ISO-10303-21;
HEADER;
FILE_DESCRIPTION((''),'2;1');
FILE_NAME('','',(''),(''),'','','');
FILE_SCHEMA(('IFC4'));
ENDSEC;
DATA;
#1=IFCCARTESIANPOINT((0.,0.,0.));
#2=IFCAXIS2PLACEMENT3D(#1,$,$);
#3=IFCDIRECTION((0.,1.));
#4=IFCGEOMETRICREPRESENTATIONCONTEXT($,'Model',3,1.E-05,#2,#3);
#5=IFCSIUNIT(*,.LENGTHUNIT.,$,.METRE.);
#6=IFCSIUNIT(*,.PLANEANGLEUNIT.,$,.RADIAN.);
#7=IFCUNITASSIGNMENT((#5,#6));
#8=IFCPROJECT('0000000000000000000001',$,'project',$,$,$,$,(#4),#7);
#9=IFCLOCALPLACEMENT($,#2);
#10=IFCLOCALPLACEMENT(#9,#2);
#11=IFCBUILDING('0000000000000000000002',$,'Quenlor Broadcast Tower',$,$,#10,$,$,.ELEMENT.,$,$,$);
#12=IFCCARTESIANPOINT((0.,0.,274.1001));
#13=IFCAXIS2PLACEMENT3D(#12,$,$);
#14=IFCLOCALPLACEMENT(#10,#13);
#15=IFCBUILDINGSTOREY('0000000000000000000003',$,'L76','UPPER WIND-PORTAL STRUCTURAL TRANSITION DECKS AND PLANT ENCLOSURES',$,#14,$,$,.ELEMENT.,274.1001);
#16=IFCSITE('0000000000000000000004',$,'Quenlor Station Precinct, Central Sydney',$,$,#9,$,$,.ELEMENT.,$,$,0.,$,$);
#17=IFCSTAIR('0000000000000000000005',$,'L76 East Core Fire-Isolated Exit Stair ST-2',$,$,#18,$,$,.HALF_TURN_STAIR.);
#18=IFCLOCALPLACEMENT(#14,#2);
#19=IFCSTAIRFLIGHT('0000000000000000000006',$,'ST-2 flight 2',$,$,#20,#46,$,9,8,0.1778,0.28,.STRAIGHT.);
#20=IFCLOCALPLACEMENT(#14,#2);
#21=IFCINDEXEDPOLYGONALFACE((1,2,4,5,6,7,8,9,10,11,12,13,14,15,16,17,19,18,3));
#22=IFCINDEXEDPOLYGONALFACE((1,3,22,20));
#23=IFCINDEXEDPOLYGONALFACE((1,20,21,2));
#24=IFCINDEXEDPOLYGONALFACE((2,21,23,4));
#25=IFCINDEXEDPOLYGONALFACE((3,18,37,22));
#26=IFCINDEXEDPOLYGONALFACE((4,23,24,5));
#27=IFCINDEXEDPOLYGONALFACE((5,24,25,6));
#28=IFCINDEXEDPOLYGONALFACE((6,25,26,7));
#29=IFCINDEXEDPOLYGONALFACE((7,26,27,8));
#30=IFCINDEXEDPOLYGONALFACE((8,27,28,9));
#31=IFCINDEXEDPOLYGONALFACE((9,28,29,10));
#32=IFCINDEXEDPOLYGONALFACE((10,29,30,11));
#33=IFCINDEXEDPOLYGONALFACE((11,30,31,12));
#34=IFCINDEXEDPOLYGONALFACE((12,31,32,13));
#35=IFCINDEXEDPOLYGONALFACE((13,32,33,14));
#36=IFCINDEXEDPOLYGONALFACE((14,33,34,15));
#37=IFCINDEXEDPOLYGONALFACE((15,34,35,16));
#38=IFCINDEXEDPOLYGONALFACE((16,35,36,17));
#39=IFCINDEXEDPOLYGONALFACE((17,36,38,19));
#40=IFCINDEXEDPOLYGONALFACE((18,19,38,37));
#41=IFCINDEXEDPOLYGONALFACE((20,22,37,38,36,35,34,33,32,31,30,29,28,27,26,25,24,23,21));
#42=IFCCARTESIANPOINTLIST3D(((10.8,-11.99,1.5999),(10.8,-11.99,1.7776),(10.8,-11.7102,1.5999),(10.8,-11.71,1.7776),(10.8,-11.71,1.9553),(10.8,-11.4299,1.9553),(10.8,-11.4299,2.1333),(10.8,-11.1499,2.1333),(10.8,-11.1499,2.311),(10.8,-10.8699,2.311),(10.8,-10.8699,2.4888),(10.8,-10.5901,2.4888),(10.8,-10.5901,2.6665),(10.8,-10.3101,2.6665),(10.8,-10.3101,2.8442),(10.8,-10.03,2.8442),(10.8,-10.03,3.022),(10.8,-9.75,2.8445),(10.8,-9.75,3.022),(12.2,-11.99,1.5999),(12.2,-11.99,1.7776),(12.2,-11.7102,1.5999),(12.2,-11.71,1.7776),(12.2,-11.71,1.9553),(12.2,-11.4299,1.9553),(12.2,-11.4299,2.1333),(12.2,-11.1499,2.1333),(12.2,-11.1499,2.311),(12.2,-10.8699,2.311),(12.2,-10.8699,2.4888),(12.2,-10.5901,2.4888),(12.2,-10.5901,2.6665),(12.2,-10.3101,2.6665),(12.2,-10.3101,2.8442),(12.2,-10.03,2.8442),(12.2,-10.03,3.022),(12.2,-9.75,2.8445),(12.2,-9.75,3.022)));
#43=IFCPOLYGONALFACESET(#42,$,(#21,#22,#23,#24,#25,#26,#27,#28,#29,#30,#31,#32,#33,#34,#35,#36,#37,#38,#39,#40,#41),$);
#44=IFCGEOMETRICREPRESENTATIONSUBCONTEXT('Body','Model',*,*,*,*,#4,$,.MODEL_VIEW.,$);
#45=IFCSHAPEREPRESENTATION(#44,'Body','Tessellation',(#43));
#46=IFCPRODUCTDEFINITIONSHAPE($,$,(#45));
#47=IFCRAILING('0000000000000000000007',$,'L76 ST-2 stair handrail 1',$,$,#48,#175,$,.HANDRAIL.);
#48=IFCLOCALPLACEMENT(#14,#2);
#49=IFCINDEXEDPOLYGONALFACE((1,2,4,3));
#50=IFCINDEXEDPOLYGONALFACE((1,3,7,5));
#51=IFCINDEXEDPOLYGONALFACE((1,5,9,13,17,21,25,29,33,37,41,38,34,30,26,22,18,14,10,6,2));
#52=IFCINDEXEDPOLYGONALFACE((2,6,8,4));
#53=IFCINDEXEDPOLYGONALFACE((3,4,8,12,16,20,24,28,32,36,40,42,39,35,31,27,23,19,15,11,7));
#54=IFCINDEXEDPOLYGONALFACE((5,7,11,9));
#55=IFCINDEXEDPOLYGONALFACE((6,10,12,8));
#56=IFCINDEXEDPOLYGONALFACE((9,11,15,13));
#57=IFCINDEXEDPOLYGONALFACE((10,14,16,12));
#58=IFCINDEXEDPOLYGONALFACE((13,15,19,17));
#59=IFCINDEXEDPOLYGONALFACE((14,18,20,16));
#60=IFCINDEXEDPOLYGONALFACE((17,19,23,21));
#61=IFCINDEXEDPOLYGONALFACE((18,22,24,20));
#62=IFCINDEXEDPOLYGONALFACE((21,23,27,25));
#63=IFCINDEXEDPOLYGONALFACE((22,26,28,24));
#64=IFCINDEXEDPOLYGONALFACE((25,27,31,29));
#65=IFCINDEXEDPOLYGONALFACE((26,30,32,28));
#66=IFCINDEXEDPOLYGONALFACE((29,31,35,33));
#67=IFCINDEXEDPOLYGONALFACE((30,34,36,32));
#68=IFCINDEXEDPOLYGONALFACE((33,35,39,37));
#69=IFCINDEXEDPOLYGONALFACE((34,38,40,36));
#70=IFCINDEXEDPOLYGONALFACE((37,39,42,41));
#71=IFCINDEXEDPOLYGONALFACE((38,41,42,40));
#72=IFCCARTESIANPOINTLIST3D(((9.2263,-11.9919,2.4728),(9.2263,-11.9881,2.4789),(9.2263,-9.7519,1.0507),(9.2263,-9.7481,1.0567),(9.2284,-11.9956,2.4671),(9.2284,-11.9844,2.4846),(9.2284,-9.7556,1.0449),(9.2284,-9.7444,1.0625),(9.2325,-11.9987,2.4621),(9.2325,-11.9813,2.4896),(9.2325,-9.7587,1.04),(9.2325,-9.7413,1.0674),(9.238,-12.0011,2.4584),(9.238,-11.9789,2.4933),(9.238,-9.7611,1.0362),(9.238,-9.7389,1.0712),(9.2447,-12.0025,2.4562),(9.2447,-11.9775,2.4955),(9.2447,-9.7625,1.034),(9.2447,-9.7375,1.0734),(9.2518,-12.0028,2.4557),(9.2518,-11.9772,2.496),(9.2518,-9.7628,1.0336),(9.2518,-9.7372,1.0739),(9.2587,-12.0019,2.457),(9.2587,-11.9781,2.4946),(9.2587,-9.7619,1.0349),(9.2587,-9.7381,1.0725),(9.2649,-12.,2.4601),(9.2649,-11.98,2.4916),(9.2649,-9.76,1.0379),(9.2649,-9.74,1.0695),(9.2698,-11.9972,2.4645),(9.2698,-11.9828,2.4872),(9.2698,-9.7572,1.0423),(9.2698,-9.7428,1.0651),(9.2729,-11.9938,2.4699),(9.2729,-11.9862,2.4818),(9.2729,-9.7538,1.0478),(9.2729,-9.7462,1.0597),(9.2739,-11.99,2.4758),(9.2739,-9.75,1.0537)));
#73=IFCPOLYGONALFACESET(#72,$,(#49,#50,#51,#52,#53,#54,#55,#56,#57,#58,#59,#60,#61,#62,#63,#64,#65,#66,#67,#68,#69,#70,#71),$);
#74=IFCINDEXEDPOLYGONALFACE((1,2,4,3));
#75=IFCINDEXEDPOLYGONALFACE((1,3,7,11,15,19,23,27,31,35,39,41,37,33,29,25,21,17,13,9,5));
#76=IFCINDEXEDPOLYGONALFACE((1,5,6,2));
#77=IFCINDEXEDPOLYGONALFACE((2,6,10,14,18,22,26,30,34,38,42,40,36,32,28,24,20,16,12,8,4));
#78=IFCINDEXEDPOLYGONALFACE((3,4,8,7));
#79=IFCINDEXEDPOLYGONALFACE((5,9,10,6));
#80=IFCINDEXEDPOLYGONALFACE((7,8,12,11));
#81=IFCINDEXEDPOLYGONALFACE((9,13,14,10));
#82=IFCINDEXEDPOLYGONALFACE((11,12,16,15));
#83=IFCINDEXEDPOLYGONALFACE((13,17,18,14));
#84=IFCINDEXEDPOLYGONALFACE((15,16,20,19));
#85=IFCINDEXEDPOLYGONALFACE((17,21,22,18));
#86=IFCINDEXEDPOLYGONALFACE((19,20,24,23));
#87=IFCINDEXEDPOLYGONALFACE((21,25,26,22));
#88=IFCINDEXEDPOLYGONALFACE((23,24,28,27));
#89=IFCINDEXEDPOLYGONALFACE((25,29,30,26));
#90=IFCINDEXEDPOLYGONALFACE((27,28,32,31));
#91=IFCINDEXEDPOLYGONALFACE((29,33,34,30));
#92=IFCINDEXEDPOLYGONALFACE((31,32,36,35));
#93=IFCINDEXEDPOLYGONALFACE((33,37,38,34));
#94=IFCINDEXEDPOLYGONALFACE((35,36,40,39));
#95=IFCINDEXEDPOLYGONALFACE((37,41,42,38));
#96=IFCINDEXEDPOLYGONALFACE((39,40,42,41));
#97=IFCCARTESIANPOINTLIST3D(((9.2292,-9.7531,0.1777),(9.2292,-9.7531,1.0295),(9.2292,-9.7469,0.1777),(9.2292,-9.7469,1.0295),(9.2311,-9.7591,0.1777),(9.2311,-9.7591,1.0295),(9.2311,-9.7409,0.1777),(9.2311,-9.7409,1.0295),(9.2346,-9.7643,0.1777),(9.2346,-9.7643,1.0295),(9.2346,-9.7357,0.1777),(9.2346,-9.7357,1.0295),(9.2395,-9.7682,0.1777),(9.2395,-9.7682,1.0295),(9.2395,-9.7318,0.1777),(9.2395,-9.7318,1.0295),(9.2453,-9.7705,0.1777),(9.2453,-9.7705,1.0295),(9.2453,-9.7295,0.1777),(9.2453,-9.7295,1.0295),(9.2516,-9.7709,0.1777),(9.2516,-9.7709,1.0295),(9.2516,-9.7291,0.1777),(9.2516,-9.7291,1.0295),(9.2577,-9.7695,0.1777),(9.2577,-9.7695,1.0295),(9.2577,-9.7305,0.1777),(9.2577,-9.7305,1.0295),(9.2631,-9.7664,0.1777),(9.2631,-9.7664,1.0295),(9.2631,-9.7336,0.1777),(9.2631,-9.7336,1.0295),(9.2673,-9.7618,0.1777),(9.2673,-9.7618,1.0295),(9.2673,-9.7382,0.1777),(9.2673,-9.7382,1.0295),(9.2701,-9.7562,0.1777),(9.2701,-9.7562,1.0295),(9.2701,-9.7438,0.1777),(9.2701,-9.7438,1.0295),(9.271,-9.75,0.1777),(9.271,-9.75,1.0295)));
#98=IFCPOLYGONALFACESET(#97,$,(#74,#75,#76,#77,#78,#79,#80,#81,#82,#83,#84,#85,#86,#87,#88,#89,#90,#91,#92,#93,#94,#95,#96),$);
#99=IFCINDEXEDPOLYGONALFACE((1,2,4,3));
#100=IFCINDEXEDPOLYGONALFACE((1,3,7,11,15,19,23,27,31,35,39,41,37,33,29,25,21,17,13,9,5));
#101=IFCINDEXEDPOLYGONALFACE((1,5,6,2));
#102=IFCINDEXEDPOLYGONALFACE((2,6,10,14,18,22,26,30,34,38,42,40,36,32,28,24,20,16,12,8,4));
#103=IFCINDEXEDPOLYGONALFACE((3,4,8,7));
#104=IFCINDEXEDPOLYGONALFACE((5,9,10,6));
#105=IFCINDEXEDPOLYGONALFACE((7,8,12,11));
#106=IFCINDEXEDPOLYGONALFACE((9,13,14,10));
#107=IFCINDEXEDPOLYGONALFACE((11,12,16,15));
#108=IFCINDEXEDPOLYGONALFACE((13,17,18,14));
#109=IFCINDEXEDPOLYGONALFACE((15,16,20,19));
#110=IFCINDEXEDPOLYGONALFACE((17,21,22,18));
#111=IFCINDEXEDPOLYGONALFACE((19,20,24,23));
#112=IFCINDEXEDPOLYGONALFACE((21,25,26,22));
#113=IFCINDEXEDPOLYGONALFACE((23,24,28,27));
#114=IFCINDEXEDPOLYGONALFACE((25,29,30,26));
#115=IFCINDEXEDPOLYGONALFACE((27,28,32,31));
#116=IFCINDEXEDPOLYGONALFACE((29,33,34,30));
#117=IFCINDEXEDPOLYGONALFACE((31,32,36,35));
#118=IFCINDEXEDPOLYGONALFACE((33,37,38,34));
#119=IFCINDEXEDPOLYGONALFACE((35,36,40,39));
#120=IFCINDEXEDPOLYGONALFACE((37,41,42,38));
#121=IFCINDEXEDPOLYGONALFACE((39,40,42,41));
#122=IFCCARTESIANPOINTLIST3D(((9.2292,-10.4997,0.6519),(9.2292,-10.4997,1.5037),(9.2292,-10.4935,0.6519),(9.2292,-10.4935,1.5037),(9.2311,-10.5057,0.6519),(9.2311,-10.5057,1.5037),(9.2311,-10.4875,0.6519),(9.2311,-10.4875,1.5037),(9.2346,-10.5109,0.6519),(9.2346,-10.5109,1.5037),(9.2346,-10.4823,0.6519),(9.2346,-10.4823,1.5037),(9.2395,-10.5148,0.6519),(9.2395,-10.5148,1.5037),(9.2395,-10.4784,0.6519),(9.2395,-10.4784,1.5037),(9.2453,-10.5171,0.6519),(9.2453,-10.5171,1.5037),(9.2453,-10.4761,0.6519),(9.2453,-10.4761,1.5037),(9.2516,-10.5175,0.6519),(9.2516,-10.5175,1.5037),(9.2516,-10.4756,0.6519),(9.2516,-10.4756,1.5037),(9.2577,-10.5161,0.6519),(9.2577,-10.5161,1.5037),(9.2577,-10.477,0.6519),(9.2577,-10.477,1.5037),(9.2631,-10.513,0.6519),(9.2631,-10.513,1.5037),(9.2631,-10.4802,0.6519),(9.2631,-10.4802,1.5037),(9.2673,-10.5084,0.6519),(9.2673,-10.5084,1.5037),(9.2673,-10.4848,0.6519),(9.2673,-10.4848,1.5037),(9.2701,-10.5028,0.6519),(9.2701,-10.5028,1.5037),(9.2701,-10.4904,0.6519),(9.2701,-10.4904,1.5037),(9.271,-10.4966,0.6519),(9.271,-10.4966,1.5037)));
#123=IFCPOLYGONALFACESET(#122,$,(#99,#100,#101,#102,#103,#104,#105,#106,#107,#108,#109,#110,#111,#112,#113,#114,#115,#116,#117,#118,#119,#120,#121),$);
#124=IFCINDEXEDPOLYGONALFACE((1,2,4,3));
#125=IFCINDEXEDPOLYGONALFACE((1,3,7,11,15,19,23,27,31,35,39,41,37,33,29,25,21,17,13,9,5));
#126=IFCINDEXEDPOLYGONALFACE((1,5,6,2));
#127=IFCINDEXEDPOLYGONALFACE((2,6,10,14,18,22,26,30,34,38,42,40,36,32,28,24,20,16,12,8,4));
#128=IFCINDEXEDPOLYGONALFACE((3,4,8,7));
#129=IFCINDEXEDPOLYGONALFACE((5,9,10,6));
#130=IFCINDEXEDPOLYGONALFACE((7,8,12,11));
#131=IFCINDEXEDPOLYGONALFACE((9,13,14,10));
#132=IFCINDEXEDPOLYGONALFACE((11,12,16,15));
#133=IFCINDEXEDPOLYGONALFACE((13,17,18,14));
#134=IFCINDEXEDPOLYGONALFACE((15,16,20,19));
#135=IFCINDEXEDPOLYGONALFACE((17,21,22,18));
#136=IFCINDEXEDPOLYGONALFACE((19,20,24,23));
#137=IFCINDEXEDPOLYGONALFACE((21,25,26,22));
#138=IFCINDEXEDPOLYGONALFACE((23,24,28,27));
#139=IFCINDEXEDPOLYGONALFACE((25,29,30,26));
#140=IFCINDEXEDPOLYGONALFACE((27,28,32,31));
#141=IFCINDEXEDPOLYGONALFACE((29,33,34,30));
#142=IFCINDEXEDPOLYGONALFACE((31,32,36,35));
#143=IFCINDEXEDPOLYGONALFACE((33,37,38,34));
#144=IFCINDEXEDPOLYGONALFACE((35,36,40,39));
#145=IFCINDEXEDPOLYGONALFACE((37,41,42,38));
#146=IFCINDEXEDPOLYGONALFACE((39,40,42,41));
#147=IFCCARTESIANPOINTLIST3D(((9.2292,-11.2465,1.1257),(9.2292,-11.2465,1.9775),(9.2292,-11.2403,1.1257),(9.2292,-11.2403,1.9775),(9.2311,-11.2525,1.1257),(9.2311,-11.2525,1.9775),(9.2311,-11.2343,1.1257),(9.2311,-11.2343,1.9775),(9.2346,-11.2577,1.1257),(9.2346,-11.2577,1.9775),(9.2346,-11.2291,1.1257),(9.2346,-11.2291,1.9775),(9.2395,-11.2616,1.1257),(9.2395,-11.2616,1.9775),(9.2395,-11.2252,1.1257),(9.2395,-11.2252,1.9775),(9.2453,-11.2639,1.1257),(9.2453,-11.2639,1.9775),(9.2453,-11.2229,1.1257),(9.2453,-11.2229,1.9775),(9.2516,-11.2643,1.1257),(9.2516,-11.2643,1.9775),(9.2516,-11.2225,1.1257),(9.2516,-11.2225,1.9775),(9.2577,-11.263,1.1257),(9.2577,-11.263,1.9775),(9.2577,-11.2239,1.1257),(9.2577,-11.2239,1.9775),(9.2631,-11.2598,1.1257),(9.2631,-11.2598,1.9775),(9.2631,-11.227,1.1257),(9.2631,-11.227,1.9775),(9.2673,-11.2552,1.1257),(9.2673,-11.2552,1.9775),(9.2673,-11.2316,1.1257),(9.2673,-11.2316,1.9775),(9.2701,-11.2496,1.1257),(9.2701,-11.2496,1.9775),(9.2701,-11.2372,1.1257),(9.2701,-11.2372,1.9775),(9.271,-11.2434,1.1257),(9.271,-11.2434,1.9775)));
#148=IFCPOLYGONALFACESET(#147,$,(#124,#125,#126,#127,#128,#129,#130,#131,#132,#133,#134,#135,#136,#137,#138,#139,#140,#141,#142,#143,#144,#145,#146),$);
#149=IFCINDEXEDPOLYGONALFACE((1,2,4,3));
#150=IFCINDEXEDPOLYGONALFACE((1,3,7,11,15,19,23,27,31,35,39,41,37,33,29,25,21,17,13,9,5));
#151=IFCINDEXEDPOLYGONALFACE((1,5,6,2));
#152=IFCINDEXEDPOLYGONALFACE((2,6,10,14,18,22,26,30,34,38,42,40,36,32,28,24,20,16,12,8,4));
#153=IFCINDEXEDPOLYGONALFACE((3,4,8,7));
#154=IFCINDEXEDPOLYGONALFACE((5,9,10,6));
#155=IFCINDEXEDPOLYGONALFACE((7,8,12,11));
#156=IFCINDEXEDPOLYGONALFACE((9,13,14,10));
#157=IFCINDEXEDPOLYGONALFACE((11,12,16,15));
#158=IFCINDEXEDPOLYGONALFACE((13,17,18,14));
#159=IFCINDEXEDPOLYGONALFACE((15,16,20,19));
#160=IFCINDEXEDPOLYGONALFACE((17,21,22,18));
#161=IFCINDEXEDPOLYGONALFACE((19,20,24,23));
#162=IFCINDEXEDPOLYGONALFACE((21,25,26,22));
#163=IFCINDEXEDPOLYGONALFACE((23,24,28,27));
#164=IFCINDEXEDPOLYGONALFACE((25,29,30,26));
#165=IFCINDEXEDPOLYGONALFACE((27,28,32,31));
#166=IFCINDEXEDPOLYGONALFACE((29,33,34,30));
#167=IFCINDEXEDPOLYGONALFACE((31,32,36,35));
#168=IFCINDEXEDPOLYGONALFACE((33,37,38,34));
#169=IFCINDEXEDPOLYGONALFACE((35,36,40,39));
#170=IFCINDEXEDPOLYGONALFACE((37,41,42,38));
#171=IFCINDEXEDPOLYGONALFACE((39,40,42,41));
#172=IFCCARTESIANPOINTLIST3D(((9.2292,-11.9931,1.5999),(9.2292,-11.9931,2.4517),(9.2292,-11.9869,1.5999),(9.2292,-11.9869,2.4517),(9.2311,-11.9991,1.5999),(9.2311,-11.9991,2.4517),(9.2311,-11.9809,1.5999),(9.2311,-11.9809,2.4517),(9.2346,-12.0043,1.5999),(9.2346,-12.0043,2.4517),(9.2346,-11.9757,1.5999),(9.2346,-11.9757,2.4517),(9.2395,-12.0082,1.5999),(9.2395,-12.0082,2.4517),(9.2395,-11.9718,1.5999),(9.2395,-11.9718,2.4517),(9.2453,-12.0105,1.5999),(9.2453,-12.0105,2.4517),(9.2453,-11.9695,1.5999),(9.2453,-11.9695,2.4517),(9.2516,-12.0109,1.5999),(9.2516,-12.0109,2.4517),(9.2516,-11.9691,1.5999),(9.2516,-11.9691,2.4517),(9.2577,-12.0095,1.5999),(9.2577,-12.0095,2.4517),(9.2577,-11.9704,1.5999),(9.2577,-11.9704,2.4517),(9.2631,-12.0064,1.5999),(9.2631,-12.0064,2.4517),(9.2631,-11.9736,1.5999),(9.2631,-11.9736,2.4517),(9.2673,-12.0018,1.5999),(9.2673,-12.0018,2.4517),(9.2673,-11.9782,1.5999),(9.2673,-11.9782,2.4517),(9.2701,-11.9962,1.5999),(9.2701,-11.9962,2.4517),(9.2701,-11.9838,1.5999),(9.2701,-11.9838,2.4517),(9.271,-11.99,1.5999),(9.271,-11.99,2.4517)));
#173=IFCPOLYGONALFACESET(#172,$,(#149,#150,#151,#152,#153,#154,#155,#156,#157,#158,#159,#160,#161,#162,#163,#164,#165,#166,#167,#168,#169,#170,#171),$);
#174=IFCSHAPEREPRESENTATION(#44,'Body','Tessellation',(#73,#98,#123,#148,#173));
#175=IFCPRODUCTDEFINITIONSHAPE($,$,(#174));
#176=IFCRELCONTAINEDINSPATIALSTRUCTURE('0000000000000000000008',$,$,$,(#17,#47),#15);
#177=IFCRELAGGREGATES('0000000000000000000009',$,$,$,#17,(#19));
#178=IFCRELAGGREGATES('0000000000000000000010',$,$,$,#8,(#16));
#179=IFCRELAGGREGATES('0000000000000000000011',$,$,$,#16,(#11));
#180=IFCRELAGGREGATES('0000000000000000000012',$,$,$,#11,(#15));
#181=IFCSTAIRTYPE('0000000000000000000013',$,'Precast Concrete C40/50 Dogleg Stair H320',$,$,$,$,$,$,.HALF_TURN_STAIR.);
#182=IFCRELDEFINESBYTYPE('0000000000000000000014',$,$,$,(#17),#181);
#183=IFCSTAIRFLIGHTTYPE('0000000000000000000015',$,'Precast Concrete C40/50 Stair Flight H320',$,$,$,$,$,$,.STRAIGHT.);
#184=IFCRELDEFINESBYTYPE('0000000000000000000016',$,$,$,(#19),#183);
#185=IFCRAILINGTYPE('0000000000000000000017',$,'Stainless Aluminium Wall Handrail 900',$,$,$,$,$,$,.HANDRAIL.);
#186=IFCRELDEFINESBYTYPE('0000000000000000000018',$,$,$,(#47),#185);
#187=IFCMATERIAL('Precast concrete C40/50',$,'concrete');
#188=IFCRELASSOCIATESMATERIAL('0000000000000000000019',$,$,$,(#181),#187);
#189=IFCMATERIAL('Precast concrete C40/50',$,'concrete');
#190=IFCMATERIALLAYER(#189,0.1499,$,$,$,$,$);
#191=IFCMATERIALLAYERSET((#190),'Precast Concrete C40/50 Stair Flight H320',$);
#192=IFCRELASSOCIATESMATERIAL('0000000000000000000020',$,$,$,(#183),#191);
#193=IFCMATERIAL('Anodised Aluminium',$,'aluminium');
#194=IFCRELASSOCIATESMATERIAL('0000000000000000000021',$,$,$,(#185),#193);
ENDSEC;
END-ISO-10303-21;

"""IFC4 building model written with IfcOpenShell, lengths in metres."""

from ifc_helpers import new_model, si_unit, direction, frame, origin, origin_2d, place, context, subcontext, project, spatial, polyline, circle, outline, extrude, material, layer, layer_set, type_object, element, aggregate, save


model = new_model("IFC4")

# Units and contexts
model_context = context("Model", 3, precision=1e-05, world=origin(), true_north=direction((0.0, 1.0)))
body_context = subcontext(model_context, "Body", "Model", "MODEL_VIEW")
ifc_project = project(units=[si_unit("LENGTHUNIT", "METRE"), si_unit("PLANEANGLEUNIT", "RADIAN")], contexts=[model_context])

# Site, building, storey
site_placement = place(None, origin())
site = spatial("IfcSite", under=ifc_project, at=site_placement, Name="Quenlor Station Precinct, Central Sydney", CompositionType="ELEMENT", RefElevation=0.0)
building_placement = place(site_placement, origin())
building = spatial("IfcBuilding", under=site, at=building_placement, Name="Quenlor Broadcast Tower", CompositionType="ELEMENT")
storey_placement = place(building_placement, frame((0.0, 0.0, 274.1001)))
storey = spatial("IfcBuildingStorey", under=building, at=storey_placement, Name="L76", Description="UPPER WIND-PORTAL STRUCTURAL TRANSITION DECKS AND PLANT ENCLOSURES", CompositionType="ELEMENT", Elevation=274.1001)

# Stair, stair flight
ifc_material_1 = material(Name="Precast concrete C40/50", Category="concrete")
stair_type = type_object("IfcStairType", Name="Precast Concrete C40/50 Dogleg Stair H320", PredefinedType="HALF_TURN_STAIR", material=ifc_material_1)
stair_placement = place(storey_placement, origin())
stair = element("IfcStair", 1, at=stair_placement, inside=storey, type_object=stair_type, Name="L76 East Core Fire-Isolated Exit Stair ST-2", PredefinedType="HALF_TURN_STAIR")
ifc_material_2 = material(Name="Precast concrete C40/50", Category="concrete")
ifc_layer_1 = layer(ifc_material_2, 0.1499)
ifc_layer_set_1 = layer_set([ifc_layer_1], Name="Precast Concrete C40/50 Stair Flight H320")
stair_flight_type = type_object("IfcStairFlightType", Name="Precast Concrete C40/50 Stair Flight H320", PredefinedType="STRAIGHT", material=ifc_layer_set_1)
stair_flight_1_placement = place(storey_placement, frame((11.5, -11.99, 1.5999), z_axis=(0.0, 0.0, 1.0), x_axis=(0.0, 1.0, 0.0)))
stair_flight_1 = element("IfcStairFlight", 2, at=stair_flight_1_placement, type_object=stair_flight_type, Name="ST-2 flight 2", NumberOfRisers=9, NumberOfTreads=8, PredefinedType="STRAIGHT", RiserHeight=0.1778, TreadLength=0.28, context=body_context, shape_type="SweptSolid", body=[
    extrude(outline(polyline([(0.0, 0.0), (0.0, 0.1777), (0.28, 0.1777), (0.28, 0.3555), (0.5601, 0.3555), (0.5601, 0.5334), (0.8401, 0.5334), (0.8401, 0.7112), (1.1201, 0.7112), (1.1201, 0.8889), (1.3999, 0.8889), (1.3999, 1.0667), (1.6799, 1.0667), (1.6799, 1.2444), (1.96, 1.2444), (1.96, 1.4221), (2.24, 1.4221), (2.24, 1.6001), (2.24, 1.2446), (0.2798, 0.0), (0.0, 0.0)])), frame((0.0, 0.7, 0.0), z_axis=(0.0, -1.0, 0.0), x_axis=(1.0, 0.0, 0.0)), (0.0, 0.0, 1.0), 1.3999),
])
aggregate(stair, [stair_flight_1])

# Railing
ifc_material_3 = material(Name="Anodised Aluminium", Category="aluminium")
railing_type_1 = type_object("IfcRailingType", Name="Stainless Aluminium Wall Handrail 900", PredefinedType="HANDRAIL", material=ifc_material_3)
railing_1_placement = place(storey_placement, frame((9.25, -9.75, 0.1777)))
element("IfcRailing", 3, at=railing_1_placement, inside=storey, type_object=railing_type_1, Name="L76 ST-2 stair handrail 1", PredefinedType="HANDRAIL", context=body_context, shape_type="SweptSolid", body=[
    extrude(circle(Radius=0.0239, at=origin_2d()), frame((0.0, 0.0, 0.876), z_axis=(0.0, -0.844229, 0.535982), x_axis=(1.0, 0.0, 0.0)), (0.0, 0.0, 1.0), 2.6533),
    extrude(circle(Radius=0.021, at=origin_2d()), origin(), (0.0, 0.0, 1.0), 0.8518),
    extrude(circle(Radius=0.021, at=origin_2d()), frame((0.0, -0.7466, 0.4741)), (0.0, 0.0, 1.0), 0.8518),
    extrude(circle(Radius=0.021, at=origin_2d()), frame((0.0, -1.4934, 0.948)), (0.0, 0.0, 1.0), 0.8518),
    extrude(circle(Radius=0.021, at=origin_2d()), frame((0.0, -2.24, 1.4221)), (0.0, 0.0, 1.0), 0.8518),
])

save(model, "model.ifc")
